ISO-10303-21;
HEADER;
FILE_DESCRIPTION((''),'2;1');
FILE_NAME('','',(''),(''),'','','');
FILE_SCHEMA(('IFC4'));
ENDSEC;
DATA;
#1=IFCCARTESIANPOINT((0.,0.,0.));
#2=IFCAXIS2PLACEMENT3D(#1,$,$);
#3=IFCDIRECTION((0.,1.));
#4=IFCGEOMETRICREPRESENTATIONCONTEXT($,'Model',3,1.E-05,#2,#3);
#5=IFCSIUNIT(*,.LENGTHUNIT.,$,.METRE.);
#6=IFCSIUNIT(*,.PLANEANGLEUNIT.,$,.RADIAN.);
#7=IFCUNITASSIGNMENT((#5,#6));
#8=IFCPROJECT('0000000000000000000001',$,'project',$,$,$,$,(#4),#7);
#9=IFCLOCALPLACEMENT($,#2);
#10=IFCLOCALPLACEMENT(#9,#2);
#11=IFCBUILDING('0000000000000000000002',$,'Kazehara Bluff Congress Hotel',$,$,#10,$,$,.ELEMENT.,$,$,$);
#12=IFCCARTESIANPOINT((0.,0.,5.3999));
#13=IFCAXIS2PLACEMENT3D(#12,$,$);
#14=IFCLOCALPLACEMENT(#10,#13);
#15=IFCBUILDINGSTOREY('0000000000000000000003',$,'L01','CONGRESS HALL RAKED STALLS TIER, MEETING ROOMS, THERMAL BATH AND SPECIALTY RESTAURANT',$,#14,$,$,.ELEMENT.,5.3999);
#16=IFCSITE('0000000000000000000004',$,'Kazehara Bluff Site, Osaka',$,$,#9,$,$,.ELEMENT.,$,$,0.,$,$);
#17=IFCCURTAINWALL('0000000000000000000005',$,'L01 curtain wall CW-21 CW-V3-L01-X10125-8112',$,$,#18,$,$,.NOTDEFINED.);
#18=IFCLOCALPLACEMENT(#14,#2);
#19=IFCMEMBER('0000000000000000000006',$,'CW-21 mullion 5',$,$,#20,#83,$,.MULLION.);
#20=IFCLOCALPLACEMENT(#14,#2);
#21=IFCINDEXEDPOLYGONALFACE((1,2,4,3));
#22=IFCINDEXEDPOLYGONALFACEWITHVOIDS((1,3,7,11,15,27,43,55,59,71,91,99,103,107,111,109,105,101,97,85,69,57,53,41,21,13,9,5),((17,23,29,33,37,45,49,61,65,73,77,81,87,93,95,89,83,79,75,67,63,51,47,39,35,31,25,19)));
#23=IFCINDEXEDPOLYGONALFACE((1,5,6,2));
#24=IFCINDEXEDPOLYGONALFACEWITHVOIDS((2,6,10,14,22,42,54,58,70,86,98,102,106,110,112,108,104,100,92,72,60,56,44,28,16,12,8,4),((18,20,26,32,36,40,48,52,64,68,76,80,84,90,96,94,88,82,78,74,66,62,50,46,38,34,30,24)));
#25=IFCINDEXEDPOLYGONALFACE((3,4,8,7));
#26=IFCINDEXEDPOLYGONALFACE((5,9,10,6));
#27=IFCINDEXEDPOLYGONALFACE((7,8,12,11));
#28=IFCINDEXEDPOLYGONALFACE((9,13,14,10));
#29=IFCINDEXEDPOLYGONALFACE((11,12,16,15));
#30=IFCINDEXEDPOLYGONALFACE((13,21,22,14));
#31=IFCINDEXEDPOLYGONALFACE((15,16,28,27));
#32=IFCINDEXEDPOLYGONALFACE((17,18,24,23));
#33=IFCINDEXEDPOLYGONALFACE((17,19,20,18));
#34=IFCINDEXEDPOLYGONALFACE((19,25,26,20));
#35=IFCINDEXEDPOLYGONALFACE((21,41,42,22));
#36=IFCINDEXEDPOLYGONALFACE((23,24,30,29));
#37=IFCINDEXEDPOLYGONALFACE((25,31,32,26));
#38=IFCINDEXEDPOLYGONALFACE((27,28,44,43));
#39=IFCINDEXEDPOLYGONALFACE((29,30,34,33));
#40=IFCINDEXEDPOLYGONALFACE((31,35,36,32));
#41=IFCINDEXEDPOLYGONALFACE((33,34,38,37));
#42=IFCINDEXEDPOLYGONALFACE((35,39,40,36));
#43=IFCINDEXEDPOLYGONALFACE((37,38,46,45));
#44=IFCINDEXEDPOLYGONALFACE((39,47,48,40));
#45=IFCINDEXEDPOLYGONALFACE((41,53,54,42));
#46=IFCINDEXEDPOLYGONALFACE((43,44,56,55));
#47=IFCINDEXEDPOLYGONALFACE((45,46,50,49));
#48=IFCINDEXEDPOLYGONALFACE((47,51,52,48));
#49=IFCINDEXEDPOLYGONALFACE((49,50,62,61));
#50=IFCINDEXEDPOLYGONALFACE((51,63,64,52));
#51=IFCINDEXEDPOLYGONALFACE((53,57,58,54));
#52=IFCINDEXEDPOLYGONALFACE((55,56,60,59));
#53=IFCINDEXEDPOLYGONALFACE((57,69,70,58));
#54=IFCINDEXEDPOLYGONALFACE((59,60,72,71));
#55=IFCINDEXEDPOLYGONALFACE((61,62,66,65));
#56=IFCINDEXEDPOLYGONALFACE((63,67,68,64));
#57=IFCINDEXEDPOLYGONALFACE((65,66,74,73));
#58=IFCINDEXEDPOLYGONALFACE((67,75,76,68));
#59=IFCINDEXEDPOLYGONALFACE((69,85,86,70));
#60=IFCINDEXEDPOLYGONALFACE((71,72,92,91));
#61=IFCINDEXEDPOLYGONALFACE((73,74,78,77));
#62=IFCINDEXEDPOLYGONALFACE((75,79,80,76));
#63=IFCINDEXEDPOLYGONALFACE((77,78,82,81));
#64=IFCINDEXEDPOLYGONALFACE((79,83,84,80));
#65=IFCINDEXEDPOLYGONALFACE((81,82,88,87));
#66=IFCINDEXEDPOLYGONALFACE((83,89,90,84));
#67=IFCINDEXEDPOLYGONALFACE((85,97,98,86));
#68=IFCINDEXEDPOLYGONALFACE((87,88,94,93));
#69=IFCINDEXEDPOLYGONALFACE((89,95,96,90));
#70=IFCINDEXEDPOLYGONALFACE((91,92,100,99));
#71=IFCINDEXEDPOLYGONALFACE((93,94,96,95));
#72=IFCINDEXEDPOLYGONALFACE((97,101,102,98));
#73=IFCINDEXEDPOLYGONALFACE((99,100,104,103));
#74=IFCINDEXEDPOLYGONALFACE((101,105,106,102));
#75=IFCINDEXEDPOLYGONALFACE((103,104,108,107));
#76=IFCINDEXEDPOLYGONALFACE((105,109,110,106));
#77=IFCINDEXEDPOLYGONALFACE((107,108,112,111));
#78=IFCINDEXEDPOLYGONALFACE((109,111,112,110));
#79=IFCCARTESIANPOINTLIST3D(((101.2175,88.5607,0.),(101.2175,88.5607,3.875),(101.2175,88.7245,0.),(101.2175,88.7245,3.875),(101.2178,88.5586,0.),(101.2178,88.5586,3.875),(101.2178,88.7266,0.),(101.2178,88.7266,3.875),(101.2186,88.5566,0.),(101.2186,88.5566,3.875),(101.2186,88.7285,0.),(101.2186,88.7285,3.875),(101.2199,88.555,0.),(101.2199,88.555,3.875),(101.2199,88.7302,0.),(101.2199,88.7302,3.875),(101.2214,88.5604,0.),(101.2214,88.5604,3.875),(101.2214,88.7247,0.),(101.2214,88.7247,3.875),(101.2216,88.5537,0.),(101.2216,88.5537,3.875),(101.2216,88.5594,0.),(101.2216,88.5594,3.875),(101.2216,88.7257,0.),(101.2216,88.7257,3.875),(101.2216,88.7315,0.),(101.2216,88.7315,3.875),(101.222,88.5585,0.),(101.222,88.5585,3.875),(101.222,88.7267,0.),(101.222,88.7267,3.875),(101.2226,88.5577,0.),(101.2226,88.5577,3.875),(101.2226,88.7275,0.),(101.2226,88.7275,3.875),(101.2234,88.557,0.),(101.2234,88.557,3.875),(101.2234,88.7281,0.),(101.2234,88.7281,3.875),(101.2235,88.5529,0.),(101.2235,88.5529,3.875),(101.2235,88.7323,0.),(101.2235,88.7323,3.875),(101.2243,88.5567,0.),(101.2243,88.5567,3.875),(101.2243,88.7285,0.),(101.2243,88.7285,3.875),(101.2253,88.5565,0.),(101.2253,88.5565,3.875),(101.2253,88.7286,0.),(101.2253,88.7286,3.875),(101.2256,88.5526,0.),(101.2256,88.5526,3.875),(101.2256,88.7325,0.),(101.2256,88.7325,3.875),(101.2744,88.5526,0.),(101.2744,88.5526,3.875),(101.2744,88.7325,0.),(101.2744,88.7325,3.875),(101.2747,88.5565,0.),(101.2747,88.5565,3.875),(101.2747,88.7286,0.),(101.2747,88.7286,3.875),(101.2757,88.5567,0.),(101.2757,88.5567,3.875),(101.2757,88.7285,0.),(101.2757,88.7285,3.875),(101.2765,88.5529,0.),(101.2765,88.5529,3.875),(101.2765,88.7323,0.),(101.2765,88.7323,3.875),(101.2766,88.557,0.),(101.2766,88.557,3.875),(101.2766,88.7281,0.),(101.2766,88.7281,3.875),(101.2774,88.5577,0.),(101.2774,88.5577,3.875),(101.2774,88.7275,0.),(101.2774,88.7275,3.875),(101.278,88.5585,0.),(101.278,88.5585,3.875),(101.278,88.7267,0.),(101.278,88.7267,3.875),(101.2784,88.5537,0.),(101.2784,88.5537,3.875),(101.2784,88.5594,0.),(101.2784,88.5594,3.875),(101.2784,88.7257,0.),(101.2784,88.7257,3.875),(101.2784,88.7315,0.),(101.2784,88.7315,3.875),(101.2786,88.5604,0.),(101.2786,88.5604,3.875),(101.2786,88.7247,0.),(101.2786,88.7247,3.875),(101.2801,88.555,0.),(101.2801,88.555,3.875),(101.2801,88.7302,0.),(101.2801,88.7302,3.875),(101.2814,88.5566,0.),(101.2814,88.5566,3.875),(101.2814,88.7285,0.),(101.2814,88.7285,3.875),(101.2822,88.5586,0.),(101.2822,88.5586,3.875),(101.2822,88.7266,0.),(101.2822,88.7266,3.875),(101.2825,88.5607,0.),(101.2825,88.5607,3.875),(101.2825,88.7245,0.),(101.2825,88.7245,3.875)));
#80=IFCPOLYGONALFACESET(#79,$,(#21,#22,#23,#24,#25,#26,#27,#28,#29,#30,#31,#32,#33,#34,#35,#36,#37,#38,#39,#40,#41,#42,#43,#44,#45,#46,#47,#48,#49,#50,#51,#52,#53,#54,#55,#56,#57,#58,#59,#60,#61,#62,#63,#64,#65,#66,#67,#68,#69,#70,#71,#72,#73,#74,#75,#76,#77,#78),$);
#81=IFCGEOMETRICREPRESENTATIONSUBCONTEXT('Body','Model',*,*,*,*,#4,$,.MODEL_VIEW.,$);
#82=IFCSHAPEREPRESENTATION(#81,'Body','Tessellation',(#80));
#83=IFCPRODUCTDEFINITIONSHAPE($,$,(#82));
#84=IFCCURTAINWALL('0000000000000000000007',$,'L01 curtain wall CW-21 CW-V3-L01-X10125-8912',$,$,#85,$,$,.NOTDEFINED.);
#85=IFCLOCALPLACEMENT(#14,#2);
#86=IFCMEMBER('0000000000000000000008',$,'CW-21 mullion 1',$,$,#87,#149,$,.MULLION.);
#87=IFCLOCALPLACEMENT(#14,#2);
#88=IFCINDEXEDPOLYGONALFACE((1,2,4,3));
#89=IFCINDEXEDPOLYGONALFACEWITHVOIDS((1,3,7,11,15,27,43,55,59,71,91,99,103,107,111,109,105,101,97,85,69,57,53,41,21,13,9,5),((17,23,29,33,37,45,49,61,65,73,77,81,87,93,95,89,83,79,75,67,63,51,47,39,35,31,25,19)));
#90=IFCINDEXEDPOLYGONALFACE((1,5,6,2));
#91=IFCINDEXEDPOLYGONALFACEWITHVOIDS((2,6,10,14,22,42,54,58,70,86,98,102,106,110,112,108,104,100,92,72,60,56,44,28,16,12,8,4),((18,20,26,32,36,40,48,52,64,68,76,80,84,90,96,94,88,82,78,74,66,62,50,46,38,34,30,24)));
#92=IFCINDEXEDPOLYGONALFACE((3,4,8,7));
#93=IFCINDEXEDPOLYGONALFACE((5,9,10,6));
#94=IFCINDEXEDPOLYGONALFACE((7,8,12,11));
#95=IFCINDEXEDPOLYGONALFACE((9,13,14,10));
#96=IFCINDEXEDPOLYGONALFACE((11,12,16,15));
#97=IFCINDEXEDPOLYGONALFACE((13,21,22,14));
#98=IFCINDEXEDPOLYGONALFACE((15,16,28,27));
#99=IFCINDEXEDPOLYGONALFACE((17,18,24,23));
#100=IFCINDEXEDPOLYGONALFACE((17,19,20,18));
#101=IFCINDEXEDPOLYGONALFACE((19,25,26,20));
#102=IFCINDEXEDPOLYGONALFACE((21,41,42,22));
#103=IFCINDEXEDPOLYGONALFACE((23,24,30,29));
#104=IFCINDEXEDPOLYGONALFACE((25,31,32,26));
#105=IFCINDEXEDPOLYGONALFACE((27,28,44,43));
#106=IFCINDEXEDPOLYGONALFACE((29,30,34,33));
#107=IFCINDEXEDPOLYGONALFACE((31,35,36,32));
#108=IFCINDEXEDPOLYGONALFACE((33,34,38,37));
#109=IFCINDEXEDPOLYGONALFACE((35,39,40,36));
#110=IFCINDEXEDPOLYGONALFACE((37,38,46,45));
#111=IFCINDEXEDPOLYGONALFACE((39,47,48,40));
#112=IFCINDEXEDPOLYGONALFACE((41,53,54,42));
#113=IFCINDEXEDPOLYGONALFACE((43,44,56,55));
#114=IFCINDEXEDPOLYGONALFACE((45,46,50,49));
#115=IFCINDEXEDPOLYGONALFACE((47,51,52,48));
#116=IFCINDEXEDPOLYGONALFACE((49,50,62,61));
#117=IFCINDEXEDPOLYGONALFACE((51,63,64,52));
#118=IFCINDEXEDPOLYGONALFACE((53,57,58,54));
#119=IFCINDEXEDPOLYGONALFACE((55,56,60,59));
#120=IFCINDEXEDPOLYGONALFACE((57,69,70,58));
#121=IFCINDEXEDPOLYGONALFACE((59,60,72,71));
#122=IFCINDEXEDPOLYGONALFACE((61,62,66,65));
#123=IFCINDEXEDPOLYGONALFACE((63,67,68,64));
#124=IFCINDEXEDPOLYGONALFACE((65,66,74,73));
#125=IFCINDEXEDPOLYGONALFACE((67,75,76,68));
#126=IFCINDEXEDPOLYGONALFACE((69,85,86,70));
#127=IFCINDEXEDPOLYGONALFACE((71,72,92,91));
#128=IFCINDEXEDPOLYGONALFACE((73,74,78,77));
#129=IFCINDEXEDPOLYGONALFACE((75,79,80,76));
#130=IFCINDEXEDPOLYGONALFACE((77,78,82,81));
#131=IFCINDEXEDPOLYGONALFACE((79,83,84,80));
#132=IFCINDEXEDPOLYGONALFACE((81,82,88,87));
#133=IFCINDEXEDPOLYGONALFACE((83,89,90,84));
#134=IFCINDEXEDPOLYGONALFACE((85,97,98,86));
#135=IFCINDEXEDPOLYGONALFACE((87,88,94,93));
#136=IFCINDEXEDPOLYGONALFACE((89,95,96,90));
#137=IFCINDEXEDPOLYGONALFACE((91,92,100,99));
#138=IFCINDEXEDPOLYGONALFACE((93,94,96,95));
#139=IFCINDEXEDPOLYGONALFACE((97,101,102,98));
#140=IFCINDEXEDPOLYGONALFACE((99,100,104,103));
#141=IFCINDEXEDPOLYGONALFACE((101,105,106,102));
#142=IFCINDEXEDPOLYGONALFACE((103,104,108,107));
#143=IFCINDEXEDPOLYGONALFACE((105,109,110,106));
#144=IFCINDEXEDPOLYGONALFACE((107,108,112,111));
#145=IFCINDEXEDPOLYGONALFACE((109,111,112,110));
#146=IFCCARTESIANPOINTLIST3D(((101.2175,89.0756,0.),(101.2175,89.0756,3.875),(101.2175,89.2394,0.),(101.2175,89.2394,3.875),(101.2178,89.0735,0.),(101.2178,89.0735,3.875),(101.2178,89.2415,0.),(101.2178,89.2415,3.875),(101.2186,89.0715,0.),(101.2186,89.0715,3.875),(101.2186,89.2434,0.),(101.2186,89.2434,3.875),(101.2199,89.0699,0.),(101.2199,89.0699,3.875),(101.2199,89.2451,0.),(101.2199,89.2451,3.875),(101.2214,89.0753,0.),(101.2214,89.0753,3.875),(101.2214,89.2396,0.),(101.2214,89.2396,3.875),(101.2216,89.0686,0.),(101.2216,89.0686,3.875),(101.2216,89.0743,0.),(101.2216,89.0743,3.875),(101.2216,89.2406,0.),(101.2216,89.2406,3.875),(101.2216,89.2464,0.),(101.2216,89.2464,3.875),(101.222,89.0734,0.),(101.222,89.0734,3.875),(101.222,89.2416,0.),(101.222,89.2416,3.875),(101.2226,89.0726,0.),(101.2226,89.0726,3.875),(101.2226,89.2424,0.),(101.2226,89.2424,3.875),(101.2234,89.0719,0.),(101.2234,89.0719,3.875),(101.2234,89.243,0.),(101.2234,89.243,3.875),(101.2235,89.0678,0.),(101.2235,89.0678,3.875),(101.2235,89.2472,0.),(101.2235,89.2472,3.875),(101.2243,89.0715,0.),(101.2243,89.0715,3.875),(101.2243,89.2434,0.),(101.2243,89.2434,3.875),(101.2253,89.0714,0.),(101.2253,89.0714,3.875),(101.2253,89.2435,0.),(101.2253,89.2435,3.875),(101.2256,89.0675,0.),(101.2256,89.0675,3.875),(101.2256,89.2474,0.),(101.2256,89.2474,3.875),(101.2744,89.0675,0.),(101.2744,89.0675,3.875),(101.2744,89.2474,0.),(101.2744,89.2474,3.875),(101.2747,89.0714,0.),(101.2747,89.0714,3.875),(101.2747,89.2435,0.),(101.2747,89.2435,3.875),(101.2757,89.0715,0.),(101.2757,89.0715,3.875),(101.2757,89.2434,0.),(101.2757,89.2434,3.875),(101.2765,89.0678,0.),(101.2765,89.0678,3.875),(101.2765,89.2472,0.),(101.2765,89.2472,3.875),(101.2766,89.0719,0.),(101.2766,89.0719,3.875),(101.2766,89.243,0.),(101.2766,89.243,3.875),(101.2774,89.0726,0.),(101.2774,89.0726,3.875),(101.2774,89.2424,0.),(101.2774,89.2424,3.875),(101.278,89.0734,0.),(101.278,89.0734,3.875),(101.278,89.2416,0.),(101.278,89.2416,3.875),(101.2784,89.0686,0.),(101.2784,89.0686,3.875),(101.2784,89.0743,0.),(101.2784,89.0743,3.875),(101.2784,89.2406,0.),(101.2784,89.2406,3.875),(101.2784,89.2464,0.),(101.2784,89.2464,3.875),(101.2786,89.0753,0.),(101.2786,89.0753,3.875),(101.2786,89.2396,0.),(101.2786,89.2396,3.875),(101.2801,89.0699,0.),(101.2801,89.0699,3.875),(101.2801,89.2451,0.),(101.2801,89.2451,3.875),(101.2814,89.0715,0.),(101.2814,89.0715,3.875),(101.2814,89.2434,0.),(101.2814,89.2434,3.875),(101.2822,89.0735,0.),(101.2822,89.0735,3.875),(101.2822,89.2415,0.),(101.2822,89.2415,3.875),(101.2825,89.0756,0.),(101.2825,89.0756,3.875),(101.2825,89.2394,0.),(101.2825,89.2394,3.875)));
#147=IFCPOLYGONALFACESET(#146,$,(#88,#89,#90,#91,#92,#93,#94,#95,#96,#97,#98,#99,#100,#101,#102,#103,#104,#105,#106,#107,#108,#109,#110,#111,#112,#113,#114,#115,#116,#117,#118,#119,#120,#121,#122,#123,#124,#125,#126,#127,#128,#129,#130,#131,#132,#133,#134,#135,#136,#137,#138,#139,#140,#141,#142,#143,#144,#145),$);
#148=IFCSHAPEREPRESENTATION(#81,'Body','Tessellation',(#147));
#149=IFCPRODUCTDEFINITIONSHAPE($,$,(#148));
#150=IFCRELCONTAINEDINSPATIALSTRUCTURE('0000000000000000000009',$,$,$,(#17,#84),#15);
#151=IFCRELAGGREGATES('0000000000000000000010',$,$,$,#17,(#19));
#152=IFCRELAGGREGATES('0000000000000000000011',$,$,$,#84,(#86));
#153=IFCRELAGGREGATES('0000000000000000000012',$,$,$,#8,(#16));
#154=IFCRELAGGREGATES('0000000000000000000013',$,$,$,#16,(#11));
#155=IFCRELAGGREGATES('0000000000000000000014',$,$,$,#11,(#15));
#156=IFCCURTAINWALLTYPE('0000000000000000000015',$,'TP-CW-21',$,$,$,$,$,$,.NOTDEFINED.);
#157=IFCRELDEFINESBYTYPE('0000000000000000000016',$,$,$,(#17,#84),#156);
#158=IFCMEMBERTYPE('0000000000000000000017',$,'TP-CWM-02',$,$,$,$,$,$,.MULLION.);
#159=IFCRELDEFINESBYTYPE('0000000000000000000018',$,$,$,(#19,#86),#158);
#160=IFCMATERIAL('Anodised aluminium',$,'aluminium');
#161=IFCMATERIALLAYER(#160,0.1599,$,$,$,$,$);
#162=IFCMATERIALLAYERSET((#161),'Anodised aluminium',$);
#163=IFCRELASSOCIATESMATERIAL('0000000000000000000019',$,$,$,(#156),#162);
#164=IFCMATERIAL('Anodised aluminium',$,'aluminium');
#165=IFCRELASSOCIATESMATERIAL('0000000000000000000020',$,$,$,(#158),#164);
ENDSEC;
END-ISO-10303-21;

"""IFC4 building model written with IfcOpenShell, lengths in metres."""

from ifc_helpers import new_model, si_unit, direction, frame, origin, origin_2d, place, context, subcontext, project, spatial, hollow_rectangle, extrude, material, layer, layer_set, material_profile, profile_set, type_object, element, aggregate, save


model = new_model("IFC4")

# Units and contexts
model_context = context("Model", 3, precision=1e-05, world=origin(), true_north=direction((0.0, 1.0)))
body_context = subcontext(model_context, "Body", "Model", "MODEL_VIEW")
ifc_project = project(units=[si_unit("LENGTHUNIT", "METRE"), si_unit("PLANEANGLEUNIT", "RADIAN")], contexts=[model_context])

# Site, building, storey
site_placement = place(None, origin())
site = spatial("IfcSite", under=ifc_project, at=site_placement, Name="Kazehara Bluff Site, Osaka", CompositionType="ELEMENT", RefElevation=0.0)
building_placement = place(site_placement, origin())
building = spatial("IfcBuilding", under=site, at=building_placement, Name="Kazehara Bluff Congress Hotel", CompositionType="ELEMENT")
storey_placement = place(building_placement, frame((0.0, 0.0, 5.3999)))
storey = spatial("IfcBuildingStorey", under=building, at=storey_placement, Name="L01", Description="CONGRESS HALL RAKED STALLS TIER, MEETING ROOMS, THERMAL BATH AND SPECIALTY RESTAURANT", CompositionType="ELEMENT", Elevation=5.3999)

# Curtain walls, members
ifc_material_1 = material(Name="Anodised aluminium", Category="aluminium")
ifc_layer_1 = layer(ifc_material_1, 0.1599)
ifc_layer_set_1 = layer_set([ifc_layer_1], Name="Anodised aluminium")
curtain_wall_type = type_object("IfcCurtainWallType", Name="TP-CW-21", PredefinedType="NOTDEFINED", material=ifc_layer_set_1)
curtain_wall_1_placement = place(storey_placement, origin())
curtain_wall_1 = element("IfcCurtainWall", 1, at=curtain_wall_1_placement, inside=storey, type_object=curtain_wall_type, Name="L01 curtain wall CW-21 CW-V3-L01-X10125-8112", PredefinedType="NOTDEFINED")
ifc_material_2 = material(Name="Anodised aluminium", Category="aluminium")
ifc_material_profile_1 = material_profile(ifc_material_2, hollow_rectangle(XDim=0.0649, YDim=0.1799, WallThickness=0.0039, InnerFilletRadius=0.0039, OuterFilletRadius=0.0081, at=origin_2d()))
ifc_profile_set_1 = profile_set([ifc_material_profile_1], Name="Anodised aluminium")
member_type_1 = type_object("IfcMemberType", Name="TP-CWM-02", PredefinedType="MULLION", material=ifc_profile_set_1)
member_1_placement = place(storey_placement, frame((101.25, 88.6426, 0.0), z_axis=(0.0, 0.0, 1.0), x_axis=(-1.0, 0.0, 0.0)))
member_1 = element("IfcMember", 2, at=member_1_placement, type_object=member_type_1, Name="CW-21 mullion 5", PredefinedType="MULLION", context=body_context, shape_type="SweptSolid", body=[
    extrude(hollow_rectangle(XDim=0.0649, YDim=0.1799, WallThickness=0.0039, InnerFilletRadius=0.0039, OuterFilletRadius=0.0081, at=origin_2d()), origin(), (0.0, 0.0, 1.0), 3.875),
])
curtain_wall_2_placement = place(storey_placement, origin())
curtain_wall_2 = element("IfcCurtainWall", 3, at=curtain_wall_2_placement, inside=storey, type_object=curtain_wall_type, Name="L01 curtain wall CW-21 CW-V3-L01-X10125-8912", PredefinedType="NOTDEFINED")
member_2_placement = place(storey_placement, frame((101.25, 89.1575, 0.0), z_axis=(0.0, 0.0, 1.0), x_axis=(-1.0, 0.0, 0.0)))
member_2 = element("IfcMember", 4, at=member_2_placement, type_object=member_type_1, Name="CW-21 mullion 1", PredefinedType="MULLION", context=body_context, shape_type="SweptSolid", body=[
    extrude(hollow_rectangle(XDim=0.0649, YDim=0.1799, WallThickness=0.0039, InnerFilletRadius=0.0039, OuterFilletRadius=0.0081, at=origin_2d()), origin(), (0.0, 0.0, 1.0), 3.875),
])

aggregate(curtain_wall_1, [member_1])
aggregate(curtain_wall_2, [member_2])

save(model, "model.ifc")
